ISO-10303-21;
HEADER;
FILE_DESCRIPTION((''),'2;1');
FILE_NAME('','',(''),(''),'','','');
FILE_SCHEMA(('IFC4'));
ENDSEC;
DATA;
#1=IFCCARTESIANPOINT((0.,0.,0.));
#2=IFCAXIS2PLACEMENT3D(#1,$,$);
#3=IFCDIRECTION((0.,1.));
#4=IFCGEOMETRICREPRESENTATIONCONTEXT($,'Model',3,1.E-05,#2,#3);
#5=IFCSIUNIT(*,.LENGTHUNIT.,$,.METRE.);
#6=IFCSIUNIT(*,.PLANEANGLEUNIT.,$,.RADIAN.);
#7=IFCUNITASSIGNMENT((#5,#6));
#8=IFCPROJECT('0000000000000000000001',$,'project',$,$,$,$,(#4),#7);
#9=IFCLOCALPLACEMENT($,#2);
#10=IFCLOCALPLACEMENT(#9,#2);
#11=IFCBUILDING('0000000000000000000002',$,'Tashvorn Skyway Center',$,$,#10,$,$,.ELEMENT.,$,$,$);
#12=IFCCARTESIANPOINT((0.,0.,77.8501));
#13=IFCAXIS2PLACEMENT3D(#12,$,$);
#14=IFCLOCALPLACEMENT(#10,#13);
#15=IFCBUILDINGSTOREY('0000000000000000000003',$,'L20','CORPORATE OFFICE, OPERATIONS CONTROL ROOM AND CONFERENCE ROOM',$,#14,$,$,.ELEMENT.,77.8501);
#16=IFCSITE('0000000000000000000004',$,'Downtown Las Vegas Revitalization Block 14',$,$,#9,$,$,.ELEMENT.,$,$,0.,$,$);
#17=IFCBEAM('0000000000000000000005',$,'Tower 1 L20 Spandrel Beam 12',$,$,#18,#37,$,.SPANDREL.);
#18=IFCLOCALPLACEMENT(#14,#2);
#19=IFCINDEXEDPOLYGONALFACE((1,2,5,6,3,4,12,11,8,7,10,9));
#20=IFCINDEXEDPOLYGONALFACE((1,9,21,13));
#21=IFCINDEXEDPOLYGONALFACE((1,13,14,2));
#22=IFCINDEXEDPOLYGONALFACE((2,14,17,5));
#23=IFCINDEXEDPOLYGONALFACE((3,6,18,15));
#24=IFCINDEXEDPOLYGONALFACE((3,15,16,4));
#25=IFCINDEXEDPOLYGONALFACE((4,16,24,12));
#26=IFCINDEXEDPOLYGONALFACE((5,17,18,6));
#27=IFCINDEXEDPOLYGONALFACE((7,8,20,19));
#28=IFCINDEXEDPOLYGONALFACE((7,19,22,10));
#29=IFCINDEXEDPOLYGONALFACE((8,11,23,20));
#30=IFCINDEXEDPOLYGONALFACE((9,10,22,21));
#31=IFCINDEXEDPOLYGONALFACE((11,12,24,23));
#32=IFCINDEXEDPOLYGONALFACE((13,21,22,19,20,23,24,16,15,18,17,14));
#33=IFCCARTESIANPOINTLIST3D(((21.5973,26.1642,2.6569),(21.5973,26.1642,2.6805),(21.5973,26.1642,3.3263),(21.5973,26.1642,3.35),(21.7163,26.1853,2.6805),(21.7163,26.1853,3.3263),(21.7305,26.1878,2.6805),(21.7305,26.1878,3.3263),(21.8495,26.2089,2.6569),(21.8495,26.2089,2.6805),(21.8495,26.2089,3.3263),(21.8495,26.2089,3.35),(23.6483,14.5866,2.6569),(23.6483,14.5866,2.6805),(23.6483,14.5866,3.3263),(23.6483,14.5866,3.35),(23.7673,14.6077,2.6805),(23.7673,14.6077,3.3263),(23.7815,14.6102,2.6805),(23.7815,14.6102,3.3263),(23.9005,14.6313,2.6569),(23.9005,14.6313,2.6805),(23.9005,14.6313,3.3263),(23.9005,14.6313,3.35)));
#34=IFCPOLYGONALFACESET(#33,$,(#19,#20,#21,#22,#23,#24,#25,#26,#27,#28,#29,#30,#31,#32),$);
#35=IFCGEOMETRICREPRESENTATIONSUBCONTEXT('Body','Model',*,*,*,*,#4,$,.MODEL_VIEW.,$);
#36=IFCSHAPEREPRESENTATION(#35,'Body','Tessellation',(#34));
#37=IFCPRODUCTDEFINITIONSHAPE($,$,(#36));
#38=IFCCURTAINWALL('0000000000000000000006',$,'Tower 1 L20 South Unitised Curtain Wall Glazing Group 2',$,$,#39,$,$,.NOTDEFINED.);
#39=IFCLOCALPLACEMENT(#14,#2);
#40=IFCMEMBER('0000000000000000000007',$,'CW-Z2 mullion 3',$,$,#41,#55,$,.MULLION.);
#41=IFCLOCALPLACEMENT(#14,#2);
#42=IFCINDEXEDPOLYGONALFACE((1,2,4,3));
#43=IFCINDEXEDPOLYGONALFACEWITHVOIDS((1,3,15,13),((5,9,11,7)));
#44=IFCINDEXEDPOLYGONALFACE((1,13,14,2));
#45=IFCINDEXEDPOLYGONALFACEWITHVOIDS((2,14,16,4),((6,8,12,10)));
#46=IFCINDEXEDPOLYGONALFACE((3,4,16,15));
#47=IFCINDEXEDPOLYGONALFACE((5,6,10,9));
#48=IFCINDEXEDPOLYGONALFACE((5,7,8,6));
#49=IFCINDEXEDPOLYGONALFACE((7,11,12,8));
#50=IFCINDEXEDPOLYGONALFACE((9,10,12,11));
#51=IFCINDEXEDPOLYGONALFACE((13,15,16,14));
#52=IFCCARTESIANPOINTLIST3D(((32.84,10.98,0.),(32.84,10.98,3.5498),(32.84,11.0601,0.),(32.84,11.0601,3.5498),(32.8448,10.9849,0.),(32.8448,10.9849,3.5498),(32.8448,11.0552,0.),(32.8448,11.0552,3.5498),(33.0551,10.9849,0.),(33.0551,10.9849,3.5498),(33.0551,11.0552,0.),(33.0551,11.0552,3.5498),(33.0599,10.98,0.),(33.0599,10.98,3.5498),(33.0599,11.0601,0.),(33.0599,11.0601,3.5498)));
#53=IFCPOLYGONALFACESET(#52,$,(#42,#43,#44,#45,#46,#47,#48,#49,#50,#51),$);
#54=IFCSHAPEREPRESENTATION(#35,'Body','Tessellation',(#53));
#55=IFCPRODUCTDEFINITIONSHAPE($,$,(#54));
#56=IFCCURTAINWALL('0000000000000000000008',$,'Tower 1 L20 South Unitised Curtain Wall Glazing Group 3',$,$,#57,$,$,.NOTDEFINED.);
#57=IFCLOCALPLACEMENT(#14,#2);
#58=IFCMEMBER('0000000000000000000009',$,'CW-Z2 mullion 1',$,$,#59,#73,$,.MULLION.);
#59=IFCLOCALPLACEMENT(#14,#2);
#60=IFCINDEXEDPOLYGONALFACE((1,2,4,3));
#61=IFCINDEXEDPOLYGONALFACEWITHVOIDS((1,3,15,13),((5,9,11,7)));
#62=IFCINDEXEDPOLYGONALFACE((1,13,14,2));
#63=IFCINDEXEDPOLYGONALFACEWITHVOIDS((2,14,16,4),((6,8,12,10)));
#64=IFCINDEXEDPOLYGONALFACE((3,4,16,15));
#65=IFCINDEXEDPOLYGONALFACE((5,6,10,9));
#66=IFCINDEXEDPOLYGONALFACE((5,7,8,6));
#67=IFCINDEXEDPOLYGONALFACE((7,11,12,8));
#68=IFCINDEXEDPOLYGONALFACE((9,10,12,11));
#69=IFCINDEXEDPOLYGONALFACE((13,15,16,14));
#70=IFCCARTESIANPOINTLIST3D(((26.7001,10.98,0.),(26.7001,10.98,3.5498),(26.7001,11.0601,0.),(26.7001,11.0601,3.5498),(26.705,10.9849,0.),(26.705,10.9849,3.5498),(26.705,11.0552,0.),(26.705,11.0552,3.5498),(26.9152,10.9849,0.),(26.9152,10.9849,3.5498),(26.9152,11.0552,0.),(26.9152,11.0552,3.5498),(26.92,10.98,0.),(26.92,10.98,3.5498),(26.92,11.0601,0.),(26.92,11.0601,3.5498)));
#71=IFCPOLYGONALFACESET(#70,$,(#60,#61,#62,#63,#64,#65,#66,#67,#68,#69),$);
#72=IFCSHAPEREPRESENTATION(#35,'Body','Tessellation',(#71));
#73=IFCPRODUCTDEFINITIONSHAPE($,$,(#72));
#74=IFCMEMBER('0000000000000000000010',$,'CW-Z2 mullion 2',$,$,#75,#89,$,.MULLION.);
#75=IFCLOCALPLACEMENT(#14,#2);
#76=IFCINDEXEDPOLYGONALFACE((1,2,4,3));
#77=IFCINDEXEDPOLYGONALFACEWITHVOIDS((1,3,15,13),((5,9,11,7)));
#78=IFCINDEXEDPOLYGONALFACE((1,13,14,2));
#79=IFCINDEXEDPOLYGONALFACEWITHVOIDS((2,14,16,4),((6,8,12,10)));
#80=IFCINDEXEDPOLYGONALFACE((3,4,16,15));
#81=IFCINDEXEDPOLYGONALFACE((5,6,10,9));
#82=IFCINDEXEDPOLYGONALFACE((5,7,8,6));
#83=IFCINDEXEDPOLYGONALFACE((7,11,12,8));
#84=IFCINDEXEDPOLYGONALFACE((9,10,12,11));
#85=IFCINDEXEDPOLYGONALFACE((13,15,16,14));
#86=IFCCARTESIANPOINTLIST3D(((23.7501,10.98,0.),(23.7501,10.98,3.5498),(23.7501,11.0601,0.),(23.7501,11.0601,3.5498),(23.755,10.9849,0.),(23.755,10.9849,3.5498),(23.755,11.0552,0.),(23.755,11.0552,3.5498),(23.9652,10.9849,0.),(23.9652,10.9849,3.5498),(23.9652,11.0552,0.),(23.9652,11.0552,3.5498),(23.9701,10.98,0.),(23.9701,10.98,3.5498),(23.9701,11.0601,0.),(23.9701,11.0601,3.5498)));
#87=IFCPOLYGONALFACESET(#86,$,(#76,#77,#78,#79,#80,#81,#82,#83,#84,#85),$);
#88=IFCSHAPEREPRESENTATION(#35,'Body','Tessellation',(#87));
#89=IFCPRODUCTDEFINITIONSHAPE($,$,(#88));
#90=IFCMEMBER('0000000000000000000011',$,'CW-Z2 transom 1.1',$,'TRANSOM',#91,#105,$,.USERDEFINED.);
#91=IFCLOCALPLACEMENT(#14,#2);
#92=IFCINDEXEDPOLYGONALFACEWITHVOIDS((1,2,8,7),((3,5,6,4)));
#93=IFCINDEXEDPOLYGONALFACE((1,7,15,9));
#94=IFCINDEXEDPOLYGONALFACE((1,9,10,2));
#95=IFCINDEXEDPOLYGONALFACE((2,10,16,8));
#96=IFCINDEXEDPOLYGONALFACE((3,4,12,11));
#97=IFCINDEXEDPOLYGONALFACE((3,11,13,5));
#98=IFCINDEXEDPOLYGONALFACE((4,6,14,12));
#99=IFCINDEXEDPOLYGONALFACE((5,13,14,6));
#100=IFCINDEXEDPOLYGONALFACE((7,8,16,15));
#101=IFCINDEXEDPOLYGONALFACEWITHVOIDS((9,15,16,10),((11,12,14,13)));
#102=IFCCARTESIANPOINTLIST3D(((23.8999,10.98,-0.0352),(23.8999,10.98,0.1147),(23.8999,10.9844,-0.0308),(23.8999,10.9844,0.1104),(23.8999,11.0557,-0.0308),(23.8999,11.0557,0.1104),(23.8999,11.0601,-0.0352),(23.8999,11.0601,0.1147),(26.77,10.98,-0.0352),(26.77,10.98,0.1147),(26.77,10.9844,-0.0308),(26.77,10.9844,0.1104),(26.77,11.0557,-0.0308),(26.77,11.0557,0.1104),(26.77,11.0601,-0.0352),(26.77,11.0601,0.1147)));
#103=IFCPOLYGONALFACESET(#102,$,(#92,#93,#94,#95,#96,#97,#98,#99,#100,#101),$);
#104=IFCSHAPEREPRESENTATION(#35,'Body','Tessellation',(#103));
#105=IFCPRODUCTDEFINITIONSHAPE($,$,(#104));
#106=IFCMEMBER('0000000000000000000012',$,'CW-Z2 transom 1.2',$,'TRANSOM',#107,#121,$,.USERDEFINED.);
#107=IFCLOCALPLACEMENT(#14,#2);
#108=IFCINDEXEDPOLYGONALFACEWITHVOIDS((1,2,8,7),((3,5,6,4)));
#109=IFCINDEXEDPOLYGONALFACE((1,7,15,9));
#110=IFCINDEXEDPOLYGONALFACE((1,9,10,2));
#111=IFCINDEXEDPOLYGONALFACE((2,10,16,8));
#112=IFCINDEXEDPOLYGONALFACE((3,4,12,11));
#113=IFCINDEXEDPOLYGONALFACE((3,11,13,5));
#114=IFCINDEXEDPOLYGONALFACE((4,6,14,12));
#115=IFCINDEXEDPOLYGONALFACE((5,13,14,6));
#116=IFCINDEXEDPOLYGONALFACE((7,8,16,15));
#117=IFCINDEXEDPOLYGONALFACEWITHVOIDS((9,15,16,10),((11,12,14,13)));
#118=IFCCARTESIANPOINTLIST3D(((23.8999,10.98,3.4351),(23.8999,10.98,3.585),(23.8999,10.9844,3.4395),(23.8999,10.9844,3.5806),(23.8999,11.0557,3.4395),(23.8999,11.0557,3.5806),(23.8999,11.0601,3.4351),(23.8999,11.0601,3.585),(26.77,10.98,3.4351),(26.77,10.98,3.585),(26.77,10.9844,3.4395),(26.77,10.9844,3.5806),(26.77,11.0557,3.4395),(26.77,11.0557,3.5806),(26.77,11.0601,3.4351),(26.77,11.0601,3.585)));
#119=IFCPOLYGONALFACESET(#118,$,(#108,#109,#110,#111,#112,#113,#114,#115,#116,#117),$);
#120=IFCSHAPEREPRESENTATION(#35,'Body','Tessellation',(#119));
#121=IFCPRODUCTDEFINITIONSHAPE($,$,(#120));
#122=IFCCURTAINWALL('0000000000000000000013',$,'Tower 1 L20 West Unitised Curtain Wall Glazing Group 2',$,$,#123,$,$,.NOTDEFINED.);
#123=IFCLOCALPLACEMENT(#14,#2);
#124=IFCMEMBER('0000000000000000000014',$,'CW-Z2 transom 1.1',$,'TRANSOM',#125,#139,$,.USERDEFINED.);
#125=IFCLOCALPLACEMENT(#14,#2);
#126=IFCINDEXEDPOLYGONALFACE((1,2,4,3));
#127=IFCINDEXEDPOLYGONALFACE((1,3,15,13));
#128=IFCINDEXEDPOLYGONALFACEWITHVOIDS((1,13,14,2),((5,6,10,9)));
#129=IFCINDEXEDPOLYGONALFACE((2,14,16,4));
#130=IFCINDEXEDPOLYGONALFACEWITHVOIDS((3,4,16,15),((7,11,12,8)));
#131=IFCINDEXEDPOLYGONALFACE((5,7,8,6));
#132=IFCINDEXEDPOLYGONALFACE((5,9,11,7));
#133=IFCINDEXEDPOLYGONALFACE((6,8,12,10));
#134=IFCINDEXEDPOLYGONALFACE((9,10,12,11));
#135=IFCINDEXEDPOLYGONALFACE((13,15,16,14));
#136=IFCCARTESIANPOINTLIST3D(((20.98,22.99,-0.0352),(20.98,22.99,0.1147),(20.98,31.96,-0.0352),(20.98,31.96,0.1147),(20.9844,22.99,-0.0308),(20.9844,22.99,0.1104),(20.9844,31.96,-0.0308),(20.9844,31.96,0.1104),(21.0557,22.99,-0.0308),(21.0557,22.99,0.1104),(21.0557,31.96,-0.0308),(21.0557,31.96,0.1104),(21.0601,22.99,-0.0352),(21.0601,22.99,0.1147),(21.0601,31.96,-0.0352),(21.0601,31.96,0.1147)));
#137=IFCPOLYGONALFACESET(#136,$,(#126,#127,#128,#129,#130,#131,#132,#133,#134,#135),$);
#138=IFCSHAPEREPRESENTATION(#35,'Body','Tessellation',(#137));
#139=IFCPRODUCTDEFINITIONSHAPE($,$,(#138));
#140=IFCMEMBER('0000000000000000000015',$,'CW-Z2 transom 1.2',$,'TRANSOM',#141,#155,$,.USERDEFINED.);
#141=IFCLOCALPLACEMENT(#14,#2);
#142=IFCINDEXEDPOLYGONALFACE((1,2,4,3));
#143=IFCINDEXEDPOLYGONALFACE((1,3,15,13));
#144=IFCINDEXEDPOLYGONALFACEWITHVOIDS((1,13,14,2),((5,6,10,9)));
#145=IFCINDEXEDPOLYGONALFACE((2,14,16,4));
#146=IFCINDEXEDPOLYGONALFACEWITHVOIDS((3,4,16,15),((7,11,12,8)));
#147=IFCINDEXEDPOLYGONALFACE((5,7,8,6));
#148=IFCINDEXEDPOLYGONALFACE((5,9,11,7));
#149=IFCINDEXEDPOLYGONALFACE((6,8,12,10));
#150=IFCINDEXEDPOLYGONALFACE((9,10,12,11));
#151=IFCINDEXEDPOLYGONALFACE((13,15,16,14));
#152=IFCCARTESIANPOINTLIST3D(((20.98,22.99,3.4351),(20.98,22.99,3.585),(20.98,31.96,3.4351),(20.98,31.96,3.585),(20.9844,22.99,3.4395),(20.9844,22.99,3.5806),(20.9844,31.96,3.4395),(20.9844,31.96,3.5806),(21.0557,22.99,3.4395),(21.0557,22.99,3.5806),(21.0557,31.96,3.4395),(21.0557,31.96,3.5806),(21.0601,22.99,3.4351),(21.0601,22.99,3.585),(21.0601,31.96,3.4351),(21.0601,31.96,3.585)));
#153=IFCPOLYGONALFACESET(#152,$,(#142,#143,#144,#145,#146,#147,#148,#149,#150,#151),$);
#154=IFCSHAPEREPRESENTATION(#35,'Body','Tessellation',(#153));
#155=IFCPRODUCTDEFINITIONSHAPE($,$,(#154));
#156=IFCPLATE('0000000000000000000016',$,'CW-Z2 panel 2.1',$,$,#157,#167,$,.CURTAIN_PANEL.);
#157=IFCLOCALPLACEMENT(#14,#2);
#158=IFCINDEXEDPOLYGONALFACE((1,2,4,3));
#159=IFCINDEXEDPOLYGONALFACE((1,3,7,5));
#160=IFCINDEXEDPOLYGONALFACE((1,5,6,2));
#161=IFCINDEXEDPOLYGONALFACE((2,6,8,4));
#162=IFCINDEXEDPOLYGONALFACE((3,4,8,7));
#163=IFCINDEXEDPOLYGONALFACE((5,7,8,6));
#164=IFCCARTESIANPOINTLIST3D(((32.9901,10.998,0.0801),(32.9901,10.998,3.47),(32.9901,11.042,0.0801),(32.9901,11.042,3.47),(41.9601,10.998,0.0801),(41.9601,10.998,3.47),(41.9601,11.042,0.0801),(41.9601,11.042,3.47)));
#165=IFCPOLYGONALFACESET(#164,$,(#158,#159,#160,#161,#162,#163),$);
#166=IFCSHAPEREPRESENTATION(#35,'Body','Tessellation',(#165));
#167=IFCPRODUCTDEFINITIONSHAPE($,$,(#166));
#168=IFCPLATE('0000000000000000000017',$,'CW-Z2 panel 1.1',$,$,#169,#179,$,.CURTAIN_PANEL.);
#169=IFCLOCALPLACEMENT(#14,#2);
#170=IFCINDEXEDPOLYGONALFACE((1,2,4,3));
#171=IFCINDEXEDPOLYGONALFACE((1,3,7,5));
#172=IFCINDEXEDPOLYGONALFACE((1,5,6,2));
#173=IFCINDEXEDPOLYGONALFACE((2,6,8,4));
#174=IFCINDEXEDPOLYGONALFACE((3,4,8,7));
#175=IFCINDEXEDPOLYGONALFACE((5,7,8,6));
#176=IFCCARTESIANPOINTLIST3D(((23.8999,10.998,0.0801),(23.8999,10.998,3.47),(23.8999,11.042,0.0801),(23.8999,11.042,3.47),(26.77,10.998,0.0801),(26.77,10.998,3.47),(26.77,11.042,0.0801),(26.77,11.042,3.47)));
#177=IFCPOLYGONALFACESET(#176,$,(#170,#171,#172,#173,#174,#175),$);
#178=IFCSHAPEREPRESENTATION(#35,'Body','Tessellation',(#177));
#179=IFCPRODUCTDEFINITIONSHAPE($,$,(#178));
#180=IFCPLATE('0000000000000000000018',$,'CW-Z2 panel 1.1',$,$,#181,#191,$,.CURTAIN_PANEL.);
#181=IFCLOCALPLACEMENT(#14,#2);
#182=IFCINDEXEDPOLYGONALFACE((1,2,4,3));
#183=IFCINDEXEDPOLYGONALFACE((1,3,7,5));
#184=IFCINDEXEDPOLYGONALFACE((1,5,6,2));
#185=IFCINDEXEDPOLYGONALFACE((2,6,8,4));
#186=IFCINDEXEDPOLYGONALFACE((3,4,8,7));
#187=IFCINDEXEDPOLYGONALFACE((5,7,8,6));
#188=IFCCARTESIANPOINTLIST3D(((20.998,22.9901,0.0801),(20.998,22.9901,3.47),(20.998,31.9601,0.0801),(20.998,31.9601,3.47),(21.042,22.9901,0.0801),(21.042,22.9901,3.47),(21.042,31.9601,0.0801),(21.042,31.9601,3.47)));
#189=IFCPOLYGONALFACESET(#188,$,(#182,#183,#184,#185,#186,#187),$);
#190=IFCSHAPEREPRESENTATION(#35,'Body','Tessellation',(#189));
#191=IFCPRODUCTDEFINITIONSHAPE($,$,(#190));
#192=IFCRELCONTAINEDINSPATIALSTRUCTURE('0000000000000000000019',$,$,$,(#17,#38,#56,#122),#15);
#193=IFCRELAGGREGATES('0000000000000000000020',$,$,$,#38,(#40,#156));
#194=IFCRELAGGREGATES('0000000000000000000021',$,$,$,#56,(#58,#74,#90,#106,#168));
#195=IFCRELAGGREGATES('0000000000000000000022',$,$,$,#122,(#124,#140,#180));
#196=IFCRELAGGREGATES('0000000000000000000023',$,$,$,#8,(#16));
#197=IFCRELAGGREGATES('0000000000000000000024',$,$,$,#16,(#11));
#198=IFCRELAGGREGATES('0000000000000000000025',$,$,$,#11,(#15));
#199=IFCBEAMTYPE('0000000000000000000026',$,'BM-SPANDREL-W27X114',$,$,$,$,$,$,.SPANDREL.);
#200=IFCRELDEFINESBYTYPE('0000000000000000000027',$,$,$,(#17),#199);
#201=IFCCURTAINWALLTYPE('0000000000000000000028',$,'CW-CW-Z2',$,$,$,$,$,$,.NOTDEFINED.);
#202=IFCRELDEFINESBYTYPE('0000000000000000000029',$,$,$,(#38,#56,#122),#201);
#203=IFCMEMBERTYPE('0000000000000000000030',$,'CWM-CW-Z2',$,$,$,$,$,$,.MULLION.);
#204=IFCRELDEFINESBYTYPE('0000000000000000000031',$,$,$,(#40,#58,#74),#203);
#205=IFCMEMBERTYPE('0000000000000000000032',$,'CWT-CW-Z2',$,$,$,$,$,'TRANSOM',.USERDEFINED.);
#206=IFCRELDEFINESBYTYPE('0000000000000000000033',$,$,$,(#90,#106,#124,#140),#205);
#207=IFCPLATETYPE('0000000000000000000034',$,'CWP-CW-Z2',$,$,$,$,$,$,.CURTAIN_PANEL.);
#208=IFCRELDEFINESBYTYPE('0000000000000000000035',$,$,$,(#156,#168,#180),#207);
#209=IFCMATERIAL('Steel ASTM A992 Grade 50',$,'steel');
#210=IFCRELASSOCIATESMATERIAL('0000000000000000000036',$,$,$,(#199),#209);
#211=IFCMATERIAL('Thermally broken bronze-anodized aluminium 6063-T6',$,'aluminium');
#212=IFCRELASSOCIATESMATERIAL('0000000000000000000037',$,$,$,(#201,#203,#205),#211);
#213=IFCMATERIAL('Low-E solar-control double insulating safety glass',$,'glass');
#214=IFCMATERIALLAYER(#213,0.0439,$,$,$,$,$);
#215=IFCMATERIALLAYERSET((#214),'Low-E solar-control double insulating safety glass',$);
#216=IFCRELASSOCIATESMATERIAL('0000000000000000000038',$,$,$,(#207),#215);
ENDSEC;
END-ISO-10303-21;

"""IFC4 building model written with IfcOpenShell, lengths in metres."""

from ifc_helpers import new_model, si_unit, direction, frame, origin, origin_2d, place, context, subcontext, project, spatial, rectangle, hollow_rectangle, i_section, extrude, material, layer, layer_set, material_profile, profile_set, type_object, element, aggregate, save


model = new_model("IFC4")

# Units and contexts
model_context = context("Model", 3, precision=1e-05, world=origin(), true_north=direction((0.0, 1.0)))
body_context = subcontext(model_context, "Body", "Model", "MODEL_VIEW")
ifc_project = project(units=[si_unit("LENGTHUNIT", "METRE"), si_unit("PLANEANGLEUNIT", "RADIAN")], contexts=[model_context])

# Site, building, storey
site_placement = place(None, origin())
site = spatial("IfcSite", under=ifc_project, at=site_placement, Name="Downtown Las Vegas Revitalization Block 14", CompositionType="ELEMENT", RefElevation=0.0)
building_placement = place(site_placement, origin())
building = spatial("IfcBuilding", under=site, at=building_placement, Name="Tashvorn Skyway Center", CompositionType="ELEMENT")
storey_placement = place(building_placement, frame((0.0, 0.0, 77.8501)))
storey = spatial("IfcBuildingStorey", under=building, at=storey_placement, Name="L20", Description="CORPORATE OFFICE, OPERATIONS CONTROL ROOM AND CONFERENCE ROOM", CompositionType="ELEMENT", Elevation=77.8501)

# Beam
ifc_material_1 = material(Name="Steel ASTM A992 Grade 50", Category="steel")
ifc_material_profile_1 = material_profile(ifc_material_1, i_section(OverallWidth=0.2561, OverallDepth=0.6931, WebThickness=0.0144, FlangeThickness=0.0237, at=origin_2d()), Name="W27X114")
ifc_profile_set_1 = profile_set([ifc_material_profile_1], Name="Steel ASTM A992 Grade 50")
beam_type_1 = type_object("IfcBeamType", Name="BM-SPANDREL-W27X114", PredefinedType="SPANDREL", material=ifc_profile_set_1)
beam_1_placement = place(storey_placement, frame((21.7234, 26.1865, 3.0034), z_axis=(0.174438, -0.984668, 0.0), x_axis=(0.984668, 0.174438, 0.0)))
element("IfcBeam", 1, at=beam_1_placement, inside=storey, type_object=beam_type_1, Name="Tower 1 L20 Spandrel Beam 12", PredefinedType="SPANDREL", context=body_context, shape_type="SweptSolid", body=[
    extrude(i_section(OverallWidth=0.2561, OverallDepth=0.6931, WebThickness=0.0144, FlangeThickness=0.0237, at=origin_2d()), origin(), (0.0, 0.0, 1.0), 11.7578),
])

# Curtain wall, member
ifc_material_2 = material(Name="Thermally broken bronze-anodized aluminium 6063-T6", Category="aluminium")
curtain_wall_type = type_object("IfcCurtainWallType", Name="CW-CW-Z2", PredefinedType="NOTDEFINED", material=ifc_material_2)
curtain_wall_1_placement = place(storey_placement, origin())
curtain_wall_1 = element("IfcCurtainWall", 2, at=curtain_wall_1_placement, inside=storey, type_object=curtain_wall_type, Name="Tower 1 L20 South Unitised Curtain Wall Glazing Group 2", PredefinedType="NOTDEFINED")
ifc_material_profile_2 = material_profile(ifc_material_2, hollow_rectangle(XDim=0.0801, YDim=0.22, WallThickness=0.0049, at=origin_2d()), Name="ALU-MULL-80x220")
ifc_profile_set_2 = profile_set([ifc_material_profile_2], Name="Thermally broken bronze-anodized aluminium 6063-T6")
member_type_1 = type_object("IfcMemberType", Name="CWM-CW-Z2", PredefinedType="MULLION", material=ifc_profile_set_2)
member_1_placement = place(storey_placement, frame((32.95, 11.02, 0.0), z_axis=(0.0, 0.0, 1.0), x_axis=(0.0, -1.0, 0.0)))
member_1 = element("IfcMember", 3, at=member_1_placement, type_object=member_type_1, Name="CW-Z2 mullion 3", PredefinedType="MULLION", context=body_context, shape_type="SweptSolid", body=[
    extrude(hollow_rectangle(XDim=0.0801, YDim=0.22, WallThickness=0.0049, at=origin_2d()), origin(), (0.0, 0.0, 1.0), 3.5498),
])

# Curtain walls, members
curtain_wall_2_placement = place(storey_placement, origin())
curtain_wall_2 = element("IfcCurtainWall", 4, at=curtain_wall_2_placement, inside=storey, type_object=curtain_wall_type, Name="Tower 1 L20 South Unitised Curtain Wall Glazing Group 3", PredefinedType="NOTDEFINED")
member_2_placement = place(storey_placement, frame((26.8101, 11.02, 0.0), z_axis=(0.0, 0.0, 1.0), x_axis=(0.0, -1.0, 0.0)))
member_2 = element("IfcMember", 5, at=member_2_placement, type_object=member_type_1, Name="CW-Z2 mullion 1", PredefinedType="MULLION", context=body_context, shape_type="SweptSolid", body=[
    extrude(hollow_rectangle(XDim=0.0801, YDim=0.22, WallThickness=0.0049, at=origin_2d()), origin(), (0.0, 0.0, 1.0), 3.5498),
])
member_3_placement = place(storey_placement, frame((23.8601, 11.02, 0.0), z_axis=(0.0, 0.0, 1.0), x_axis=(0.0, -1.0, 0.0)))
member_3 = element("IfcMember", 6, at=member_3_placement, type_object=member_type_1, Name="CW-Z2 mullion 2", PredefinedType="MULLION", context=body_context, shape_type="SweptSolid", body=[
    extrude(hollow_rectangle(XDim=0.0801, YDim=0.22, WallThickness=0.0049, at=origin_2d()), origin(), (0.0, 0.0, 1.0), 3.5498),
])
ifc_material_profile_3 = material_profile(ifc_material_2, hollow_rectangle(XDim=0.0801, YDim=0.1499, WallThickness=0.0044, at=origin_2d()), Name="ALU-TRAN-80x150")
ifc_profile_set_3 = profile_set([ifc_material_profile_3], Name="Thermally broken bronze-anodized aluminium 6063-T6")
member_type_2 = type_object("IfcMemberType", Name="CWT-CW-Z2", ElementType="TRANSOM", PredefinedType="USERDEFINED", material=ifc_profile_set_3)
member_4_placement = place(storey_placement, frame((26.77, 11.02, 0.0398), z_axis=(-1.0, 0.0, 0.0), x_axis=(0.0, -1.0, 0.0)))
member_4 = element("IfcMember", 7, at=member_4_placement, type_object=member_type_2, Name="CW-Z2 transom 1.1", ObjectType="TRANSOM", PredefinedType="USERDEFINED", context=body_context, shape_type="SweptSolid", body=[
    extrude(hollow_rectangle(XDim=0.0801, YDim=0.1499, WallThickness=0.0044, at=origin_2d()), origin(), (0.0, 0.0, 1.0), 2.8701),
])
member_5_placement = place(storey_placement, frame((26.77, 11.02, 3.51), z_axis=(-1.0, 0.0, 0.0), x_axis=(0.0, -1.0, 0.0)))
member_5 = element("IfcMember", 8, at=member_5_placement, type_object=member_type_2, Name="CW-Z2 transom 1.2", ObjectType="TRANSOM", PredefinedType="USERDEFINED", context=body_context, shape_type="SweptSolid", body=[
    extrude(hollow_rectangle(XDim=0.0801, YDim=0.1499, WallThickness=0.0044, at=origin_2d()), origin(), (0.0, 0.0, 1.0), 2.8701),
])
curtain_wall_3_placement = place(storey_placement, origin())
curtain_wall_3 = element("IfcCurtainWall", 9, at=curtain_wall_3_placement, inside=storey, type_object=curtain_wall_type, Name="Tower 1 L20 West Unitised Curtain Wall Glazing Group 2", PredefinedType="NOTDEFINED")
member_6_placement = place(storey_placement, frame((21.02, 22.99, 0.0398), z_axis=(0.0, 1.0, 0.0), x_axis=(-1.0, 0.0, 0.0)))
member_6 = element("IfcMember", 10, at=member_6_placement, type_object=member_type_2, Name="CW-Z2 transom 1.1", ObjectType="TRANSOM", PredefinedType="USERDEFINED", context=body_context, shape_type="SweptSolid", body=[
    extrude(hollow_rectangle(XDim=0.0801, YDim=0.1499, WallThickness=0.0044, at=origin_2d()), origin(), (0.0, 0.0, 1.0), 8.97),
])
member_7_placement = place(storey_placement, frame((21.02, 22.99, 3.51), z_axis=(0.0, 1.0, 0.0), x_axis=(-1.0, 0.0, 0.0)))
member_7 = element("IfcMember", 11, at=member_7_placement, type_object=member_type_2, Name="CW-Z2 transom 1.2", ObjectType="TRANSOM", PredefinedType="USERDEFINED", context=body_context, shape_type="SweptSolid", body=[
    extrude(hollow_rectangle(XDim=0.0801, YDim=0.1499, WallThickness=0.0044, at=origin_2d()), origin(), (0.0, 0.0, 1.0), 8.97),
])

# Plates
ifc_material_3 = material(Name="Low-E solar-control double insulating safety glass", Category="glass")
ifc_layer_1 = layer(ifc_material_3, 0.0439)
ifc_layer_set_1 = layer_set([ifc_layer_1], Name="Low-E solar-control double insulating safety glass")
plate_type = type_object("IfcPlateType", Name="CWP-CW-Z2", PredefinedType="CURTAIN_PANEL", material=ifc_layer_set_1)
plate_1_placement = place(storey_placement, frame((37.4751, 11.02, 0.0801), z_axis=(0.0, 0.0, 1.0), x_axis=(-1.0, 0.0, 0.0)))
plate_1 = element("IfcPlate", 12, at=plate_1_placement, type_object=plate_type, Name="CW-Z2 panel 2.1", PredefinedType="CURTAIN_PANEL", context=body_context, shape_type="SweptSolid", body=[
    extrude(rectangle(XDim=8.97, YDim=0.0439, at=origin_2d()), origin(), (0.0, 0.0, 1.0), 3.3899),
])
aggregate(curtain_wall_1, [member_1, plate_1])
plate_2_placement = place(storey_placement, frame((25.335, 11.02, 0.0801), z_axis=(0.0, 0.0, 1.0), x_axis=(-1.0, 0.0, 0.0)))
plate_2 = element("IfcPlate", 13, at=plate_2_placement, type_object=plate_type, Name="CW-Z2 panel 1.1", PredefinedType="CURTAIN_PANEL", context=body_context, shape_type="SweptSolid", body=[
    extrude(rectangle(XDim=2.8701, YDim=0.0439, at=origin_2d()), origin(), (0.0, 0.0, 1.0), 3.3899),
])
aggregate(curtain_wall_2, [member_2, member_3, member_4, member_5, plate_2])
plate_3_placement = place(storey_placement, frame((21.02, 27.4751, 0.0801), z_axis=(0.0, 0.0, 1.0), x_axis=(0.0, 1.0, 0.0)))
plate_3 = element("IfcPlate", 14, at=plate_3_placement, type_object=plate_type, Name="CW-Z2 panel 1.1", PredefinedType="CURTAIN_PANEL", context=body_context, shape_type="SweptSolid", body=[
    extrude(rectangle(XDim=8.97, YDim=0.0439, at=origin_2d()), origin(), (0.0, 0.0, 1.0), 3.3899),
])
aggregate(curtain_wall_3, [member_6, member_7, plate_3])

save(model, "model.ifc")
